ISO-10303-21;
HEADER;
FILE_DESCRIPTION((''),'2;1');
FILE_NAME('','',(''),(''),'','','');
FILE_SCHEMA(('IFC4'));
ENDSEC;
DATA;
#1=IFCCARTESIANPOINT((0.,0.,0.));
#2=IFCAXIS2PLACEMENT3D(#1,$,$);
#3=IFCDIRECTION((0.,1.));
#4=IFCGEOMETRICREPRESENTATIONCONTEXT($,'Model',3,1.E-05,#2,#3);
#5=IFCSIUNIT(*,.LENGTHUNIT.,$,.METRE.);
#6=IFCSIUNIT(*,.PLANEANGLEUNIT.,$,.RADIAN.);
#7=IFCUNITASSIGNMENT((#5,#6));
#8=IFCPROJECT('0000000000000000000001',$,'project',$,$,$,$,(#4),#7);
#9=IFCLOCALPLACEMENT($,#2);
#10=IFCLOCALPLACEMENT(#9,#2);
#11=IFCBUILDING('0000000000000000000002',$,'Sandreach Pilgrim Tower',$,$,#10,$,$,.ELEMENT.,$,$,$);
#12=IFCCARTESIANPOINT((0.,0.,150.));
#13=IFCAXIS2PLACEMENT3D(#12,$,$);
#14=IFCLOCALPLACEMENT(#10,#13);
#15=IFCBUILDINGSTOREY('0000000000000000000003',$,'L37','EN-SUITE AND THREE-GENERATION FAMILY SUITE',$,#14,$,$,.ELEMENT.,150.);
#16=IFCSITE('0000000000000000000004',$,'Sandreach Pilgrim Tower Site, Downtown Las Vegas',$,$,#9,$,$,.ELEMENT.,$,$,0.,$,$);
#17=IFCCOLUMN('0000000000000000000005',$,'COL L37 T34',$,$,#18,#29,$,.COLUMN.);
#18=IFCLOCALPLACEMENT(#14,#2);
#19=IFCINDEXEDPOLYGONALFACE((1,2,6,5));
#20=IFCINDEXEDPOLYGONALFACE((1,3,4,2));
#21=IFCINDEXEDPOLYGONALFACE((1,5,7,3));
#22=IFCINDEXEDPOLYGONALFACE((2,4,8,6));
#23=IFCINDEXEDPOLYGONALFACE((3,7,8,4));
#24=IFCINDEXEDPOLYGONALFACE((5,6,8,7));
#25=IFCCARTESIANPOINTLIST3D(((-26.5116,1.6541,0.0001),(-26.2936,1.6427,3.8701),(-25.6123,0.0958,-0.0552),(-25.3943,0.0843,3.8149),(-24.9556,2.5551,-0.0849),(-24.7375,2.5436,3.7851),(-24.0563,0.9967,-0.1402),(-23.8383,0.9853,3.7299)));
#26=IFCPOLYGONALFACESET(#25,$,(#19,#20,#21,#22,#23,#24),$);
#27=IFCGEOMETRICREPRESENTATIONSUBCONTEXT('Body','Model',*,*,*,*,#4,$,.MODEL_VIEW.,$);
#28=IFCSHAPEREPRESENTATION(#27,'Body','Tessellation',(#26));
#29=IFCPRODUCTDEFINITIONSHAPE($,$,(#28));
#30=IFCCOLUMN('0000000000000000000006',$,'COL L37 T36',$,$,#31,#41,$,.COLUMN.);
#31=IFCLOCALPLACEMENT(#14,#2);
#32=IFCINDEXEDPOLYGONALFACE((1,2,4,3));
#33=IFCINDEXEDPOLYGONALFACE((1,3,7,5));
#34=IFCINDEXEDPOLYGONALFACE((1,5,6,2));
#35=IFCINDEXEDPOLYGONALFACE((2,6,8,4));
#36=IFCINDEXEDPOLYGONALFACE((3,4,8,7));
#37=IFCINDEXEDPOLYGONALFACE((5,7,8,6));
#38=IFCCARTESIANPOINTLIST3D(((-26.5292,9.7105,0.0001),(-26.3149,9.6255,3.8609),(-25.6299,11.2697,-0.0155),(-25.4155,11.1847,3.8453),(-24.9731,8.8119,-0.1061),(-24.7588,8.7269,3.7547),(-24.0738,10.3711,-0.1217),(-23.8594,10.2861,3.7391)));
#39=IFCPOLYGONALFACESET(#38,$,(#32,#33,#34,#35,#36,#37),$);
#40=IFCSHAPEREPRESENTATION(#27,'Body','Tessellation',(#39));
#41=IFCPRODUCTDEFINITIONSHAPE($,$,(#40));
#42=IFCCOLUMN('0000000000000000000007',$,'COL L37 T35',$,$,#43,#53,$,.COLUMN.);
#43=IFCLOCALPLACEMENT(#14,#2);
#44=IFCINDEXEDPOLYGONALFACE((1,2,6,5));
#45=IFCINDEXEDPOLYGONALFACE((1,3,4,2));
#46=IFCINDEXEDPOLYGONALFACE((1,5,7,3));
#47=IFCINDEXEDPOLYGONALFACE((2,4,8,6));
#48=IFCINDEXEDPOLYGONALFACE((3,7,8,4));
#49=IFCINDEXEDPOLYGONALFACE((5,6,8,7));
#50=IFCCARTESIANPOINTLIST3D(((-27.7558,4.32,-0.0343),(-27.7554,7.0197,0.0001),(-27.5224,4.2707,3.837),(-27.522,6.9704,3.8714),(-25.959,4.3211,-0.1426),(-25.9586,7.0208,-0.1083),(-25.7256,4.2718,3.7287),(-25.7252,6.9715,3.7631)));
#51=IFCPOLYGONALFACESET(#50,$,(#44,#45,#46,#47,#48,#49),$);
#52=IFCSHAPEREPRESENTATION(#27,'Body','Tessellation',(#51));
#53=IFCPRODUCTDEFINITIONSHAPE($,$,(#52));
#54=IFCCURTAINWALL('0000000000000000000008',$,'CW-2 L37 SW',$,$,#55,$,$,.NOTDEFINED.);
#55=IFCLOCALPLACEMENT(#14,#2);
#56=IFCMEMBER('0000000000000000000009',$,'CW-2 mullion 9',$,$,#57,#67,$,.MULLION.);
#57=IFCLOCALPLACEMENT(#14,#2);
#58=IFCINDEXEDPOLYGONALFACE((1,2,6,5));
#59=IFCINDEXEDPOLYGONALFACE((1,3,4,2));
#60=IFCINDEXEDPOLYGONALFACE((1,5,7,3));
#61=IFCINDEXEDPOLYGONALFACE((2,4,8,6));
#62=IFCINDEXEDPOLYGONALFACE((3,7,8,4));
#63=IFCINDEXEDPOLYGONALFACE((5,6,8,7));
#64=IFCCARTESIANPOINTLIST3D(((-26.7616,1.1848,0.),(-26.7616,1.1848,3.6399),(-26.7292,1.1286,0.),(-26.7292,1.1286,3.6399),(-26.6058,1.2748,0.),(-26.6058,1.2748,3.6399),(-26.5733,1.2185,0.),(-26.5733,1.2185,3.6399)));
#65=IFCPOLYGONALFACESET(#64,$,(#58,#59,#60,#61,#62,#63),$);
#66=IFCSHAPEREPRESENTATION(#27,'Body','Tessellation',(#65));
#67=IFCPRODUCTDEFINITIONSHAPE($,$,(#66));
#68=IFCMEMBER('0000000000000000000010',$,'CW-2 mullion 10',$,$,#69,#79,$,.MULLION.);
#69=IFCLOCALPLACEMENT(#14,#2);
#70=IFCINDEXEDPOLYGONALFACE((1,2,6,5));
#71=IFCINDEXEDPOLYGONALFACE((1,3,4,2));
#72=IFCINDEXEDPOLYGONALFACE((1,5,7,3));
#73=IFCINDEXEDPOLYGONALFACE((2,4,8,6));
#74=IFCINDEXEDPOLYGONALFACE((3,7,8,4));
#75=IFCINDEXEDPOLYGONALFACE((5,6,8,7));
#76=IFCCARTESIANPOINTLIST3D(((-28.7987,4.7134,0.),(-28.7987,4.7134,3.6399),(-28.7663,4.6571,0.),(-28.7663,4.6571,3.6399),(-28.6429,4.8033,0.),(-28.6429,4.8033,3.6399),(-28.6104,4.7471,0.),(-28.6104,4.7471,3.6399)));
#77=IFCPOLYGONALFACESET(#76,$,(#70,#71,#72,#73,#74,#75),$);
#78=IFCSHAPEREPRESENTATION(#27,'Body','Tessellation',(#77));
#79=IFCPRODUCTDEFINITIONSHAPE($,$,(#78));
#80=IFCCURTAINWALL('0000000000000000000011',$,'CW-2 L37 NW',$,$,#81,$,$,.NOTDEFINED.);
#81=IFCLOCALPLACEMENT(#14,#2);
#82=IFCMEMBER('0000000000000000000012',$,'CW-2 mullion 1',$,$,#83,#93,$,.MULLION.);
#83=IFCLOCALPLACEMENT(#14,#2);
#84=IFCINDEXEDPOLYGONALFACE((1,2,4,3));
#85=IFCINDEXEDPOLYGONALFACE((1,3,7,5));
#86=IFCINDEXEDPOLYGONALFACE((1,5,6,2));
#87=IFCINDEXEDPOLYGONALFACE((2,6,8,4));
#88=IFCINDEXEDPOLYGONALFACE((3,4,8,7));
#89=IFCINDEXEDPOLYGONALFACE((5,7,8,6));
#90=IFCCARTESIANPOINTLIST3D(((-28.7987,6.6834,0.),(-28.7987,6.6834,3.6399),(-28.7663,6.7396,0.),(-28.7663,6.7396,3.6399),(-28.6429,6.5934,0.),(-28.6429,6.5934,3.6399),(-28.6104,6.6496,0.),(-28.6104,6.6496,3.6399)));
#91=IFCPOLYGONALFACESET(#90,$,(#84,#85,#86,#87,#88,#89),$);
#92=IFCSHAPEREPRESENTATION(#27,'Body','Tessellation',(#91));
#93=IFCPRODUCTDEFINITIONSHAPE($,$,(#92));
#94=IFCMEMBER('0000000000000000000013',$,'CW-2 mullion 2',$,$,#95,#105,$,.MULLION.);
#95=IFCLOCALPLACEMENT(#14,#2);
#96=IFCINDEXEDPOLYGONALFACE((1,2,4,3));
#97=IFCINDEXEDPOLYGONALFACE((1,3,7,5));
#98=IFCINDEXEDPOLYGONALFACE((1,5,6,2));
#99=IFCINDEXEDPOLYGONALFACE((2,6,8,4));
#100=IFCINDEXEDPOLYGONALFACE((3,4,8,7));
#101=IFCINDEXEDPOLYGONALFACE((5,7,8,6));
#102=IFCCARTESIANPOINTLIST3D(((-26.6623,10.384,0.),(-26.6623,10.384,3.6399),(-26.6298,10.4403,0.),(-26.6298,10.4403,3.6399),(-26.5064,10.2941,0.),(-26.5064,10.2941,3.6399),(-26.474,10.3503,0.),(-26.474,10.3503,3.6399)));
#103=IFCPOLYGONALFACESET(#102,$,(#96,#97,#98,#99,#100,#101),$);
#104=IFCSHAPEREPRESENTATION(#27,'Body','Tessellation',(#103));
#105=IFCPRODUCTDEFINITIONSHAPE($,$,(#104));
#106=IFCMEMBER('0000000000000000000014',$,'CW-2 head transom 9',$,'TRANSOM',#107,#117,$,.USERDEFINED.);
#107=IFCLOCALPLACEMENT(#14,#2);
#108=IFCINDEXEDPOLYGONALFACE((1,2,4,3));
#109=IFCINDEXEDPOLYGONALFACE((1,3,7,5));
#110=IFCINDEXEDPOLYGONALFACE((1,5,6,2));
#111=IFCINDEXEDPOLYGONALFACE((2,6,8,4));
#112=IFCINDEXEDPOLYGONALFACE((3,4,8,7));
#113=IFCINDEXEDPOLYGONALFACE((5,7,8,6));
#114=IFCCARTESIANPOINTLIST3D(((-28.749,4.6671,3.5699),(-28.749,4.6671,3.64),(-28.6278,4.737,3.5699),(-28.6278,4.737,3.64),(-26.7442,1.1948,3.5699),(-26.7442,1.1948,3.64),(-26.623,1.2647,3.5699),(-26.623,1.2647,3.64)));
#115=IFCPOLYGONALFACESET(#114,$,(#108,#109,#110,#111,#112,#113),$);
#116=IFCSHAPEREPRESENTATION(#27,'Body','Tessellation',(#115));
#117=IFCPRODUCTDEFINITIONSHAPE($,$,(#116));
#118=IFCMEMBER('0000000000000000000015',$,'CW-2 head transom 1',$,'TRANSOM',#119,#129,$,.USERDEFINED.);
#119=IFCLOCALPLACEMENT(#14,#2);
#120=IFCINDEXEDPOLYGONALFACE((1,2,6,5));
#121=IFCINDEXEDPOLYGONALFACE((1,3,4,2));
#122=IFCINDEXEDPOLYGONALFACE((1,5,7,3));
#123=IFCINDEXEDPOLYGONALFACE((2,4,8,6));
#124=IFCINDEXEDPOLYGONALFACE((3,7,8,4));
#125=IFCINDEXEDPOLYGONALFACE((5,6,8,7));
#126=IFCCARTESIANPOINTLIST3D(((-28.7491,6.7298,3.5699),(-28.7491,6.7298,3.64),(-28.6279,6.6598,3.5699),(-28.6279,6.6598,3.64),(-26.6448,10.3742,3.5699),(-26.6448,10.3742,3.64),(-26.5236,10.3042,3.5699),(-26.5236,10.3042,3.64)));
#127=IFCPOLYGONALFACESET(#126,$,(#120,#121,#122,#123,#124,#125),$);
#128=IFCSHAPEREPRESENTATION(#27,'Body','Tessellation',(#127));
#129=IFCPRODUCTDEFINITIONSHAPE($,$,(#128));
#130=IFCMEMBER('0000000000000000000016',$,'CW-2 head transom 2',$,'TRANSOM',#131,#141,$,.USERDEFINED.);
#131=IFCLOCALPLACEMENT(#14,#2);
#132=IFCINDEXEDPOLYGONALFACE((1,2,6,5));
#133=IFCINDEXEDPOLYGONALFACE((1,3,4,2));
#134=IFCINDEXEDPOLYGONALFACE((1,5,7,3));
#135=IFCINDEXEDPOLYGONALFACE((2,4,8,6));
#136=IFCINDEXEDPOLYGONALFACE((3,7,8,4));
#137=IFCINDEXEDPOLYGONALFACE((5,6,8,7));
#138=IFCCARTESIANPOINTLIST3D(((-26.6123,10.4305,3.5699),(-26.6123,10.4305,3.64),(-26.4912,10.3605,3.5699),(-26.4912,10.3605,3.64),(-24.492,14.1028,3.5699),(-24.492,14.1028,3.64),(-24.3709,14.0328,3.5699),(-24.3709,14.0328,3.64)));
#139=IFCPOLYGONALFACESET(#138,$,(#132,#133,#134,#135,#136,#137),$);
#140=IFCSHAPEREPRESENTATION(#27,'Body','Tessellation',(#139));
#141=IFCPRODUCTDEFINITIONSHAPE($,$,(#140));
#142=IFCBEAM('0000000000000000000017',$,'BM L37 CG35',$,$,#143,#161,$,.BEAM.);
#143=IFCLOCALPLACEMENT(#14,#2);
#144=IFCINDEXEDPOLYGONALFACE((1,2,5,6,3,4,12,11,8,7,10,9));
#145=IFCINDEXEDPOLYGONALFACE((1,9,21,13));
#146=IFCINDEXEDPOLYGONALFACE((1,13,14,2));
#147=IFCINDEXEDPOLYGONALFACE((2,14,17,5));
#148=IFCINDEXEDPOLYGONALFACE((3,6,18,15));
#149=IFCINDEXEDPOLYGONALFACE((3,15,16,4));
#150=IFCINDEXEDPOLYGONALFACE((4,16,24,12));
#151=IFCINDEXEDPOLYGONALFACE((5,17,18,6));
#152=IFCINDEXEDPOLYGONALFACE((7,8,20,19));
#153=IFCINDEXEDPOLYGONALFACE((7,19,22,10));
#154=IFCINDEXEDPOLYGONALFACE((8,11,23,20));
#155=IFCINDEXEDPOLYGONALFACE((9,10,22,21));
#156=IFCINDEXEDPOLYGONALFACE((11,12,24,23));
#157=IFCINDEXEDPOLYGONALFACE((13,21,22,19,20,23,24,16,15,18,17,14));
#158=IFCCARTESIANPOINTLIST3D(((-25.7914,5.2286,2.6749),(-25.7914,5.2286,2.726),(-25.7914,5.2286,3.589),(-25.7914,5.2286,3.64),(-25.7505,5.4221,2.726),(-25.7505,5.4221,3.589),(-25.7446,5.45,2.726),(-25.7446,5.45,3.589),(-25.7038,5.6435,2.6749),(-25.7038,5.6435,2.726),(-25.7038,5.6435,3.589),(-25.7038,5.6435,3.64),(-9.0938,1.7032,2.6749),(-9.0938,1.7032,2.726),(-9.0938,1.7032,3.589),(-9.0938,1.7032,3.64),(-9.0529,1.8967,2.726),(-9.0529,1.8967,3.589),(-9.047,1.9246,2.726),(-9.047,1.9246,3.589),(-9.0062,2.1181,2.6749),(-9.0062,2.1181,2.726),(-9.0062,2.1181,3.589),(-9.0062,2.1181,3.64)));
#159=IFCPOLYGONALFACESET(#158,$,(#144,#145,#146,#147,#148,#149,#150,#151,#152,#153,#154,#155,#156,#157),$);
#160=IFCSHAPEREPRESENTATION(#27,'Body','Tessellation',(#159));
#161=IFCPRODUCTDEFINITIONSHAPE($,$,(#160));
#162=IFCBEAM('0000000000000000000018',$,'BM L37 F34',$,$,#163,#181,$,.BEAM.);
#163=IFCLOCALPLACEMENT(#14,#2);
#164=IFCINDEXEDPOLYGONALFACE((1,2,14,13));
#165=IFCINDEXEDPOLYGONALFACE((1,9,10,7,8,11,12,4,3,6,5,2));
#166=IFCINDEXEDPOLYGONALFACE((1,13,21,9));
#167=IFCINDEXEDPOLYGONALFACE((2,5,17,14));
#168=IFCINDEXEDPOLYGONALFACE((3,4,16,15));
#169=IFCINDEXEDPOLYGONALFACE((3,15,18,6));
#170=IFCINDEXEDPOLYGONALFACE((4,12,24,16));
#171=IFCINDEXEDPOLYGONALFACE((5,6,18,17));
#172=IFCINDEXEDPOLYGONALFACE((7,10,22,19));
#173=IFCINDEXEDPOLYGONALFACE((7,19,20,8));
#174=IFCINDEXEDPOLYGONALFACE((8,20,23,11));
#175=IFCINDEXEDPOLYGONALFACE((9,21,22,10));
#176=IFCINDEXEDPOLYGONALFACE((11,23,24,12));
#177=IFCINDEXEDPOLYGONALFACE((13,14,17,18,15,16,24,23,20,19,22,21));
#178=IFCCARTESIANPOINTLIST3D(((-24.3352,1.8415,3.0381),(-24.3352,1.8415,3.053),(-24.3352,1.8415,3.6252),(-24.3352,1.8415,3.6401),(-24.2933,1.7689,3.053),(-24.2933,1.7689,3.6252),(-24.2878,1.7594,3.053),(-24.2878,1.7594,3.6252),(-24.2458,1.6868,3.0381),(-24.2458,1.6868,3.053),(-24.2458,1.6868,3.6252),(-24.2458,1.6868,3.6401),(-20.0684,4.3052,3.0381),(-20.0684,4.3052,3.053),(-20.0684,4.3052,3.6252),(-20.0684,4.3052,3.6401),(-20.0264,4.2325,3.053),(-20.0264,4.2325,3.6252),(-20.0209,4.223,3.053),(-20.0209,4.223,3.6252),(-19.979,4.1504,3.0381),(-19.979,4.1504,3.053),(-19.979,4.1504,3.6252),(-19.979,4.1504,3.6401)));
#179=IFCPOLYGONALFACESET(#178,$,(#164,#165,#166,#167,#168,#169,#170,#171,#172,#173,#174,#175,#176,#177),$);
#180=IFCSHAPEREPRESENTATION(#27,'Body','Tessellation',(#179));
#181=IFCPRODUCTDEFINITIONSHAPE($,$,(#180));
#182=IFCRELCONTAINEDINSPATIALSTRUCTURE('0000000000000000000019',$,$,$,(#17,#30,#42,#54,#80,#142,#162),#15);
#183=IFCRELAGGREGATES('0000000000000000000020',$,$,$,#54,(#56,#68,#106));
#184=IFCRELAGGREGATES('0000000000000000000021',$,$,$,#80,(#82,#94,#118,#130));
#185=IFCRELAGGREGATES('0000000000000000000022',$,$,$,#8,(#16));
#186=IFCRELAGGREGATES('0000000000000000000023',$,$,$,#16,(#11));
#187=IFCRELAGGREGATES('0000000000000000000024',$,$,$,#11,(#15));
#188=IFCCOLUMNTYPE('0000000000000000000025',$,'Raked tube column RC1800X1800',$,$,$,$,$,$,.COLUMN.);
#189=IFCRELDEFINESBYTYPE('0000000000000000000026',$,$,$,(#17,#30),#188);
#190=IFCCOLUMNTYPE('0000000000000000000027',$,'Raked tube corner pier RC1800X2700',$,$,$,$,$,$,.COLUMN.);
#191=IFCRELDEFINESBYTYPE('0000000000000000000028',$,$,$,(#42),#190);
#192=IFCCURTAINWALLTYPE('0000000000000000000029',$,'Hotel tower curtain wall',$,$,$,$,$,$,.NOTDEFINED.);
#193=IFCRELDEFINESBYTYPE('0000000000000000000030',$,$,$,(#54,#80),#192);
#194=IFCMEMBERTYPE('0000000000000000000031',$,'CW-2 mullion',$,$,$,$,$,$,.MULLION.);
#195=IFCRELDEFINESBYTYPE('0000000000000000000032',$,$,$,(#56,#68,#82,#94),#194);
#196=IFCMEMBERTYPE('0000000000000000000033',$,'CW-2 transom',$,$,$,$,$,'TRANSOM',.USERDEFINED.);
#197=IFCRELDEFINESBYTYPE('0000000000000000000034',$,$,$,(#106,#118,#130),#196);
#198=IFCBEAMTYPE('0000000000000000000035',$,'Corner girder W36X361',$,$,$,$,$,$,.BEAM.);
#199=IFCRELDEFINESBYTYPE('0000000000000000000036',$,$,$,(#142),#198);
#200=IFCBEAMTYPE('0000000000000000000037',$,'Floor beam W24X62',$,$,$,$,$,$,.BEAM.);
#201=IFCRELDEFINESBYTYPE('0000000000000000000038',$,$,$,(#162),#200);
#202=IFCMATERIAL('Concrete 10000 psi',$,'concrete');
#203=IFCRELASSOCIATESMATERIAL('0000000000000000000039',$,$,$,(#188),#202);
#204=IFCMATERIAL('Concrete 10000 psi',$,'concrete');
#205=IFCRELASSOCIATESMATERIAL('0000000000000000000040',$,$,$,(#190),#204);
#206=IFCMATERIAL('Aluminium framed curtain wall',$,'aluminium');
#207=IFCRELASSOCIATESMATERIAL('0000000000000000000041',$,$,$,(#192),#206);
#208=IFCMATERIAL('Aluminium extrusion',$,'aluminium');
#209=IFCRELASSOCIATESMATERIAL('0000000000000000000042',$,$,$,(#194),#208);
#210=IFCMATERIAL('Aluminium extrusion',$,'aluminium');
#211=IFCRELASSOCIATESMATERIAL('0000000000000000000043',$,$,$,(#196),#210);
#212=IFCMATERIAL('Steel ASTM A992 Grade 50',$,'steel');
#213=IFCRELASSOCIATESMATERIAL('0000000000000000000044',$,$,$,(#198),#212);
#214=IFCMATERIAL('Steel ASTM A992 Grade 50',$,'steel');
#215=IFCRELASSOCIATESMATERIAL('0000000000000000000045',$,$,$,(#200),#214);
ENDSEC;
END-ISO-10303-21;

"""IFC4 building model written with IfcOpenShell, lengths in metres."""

from ifc_helpers import new_model, si_unit, direction, frame, origin, origin_2d, place, context, subcontext, project, spatial, rectangle, i_section, extrude, material, material_profile, profile_set, type_object, element, aggregate, save


model = new_model("IFC4")

# Units and contexts
model_context = context("Model", 3, precision=1e-05, world=origin(), true_north=direction((0.0, 1.0)))
body_context = subcontext(model_context, "Body", "Model", "MODEL_VIEW")
ifc_project = project(units=[si_unit("LENGTHUNIT", "METRE"), si_unit("PLANEANGLEUNIT", "RADIAN")], contexts=[model_context])

# Site, building, storey
site_placement = place(None, origin())
site = spatial("IfcSite", under=ifc_project, at=site_placement, Name="Sandreach Pilgrim Tower Site, Downtown Las Vegas", CompositionType="ELEMENT", RefElevation=0.0)
building_placement = place(site_placement, origin())
building = spatial("IfcBuilding", under=site, at=building_placement, Name="Sandreach Pilgrim Tower", CompositionType="ELEMENT")
storey_placement = place(building_placement, frame((0.0, 0.0, 150.0)))
storey = spatial("IfcBuildingStorey", under=building, at=storey_placement, Name="L37", Description="EN-SUITE AND THREE-GENERATION FAMILY SUITE", CompositionType="ELEMENT", Elevation=150.0)

# Columns
ifc_material_1 = material(Name="Concrete 10000 psi", Category="concrete")
ifc_material_profile_1 = material_profile(ifc_material_1, rectangle(XDim=1.8, YDim=1.8, at=origin_2d()), Name="RC1800X1800")
ifc_profile_set_1 = profile_set([ifc_material_profile_1], Name="Concrete 10000 psi")
column_type_1 = type_object("IfcColumnType", Name="Raked tube column RC1800X1800", PredefinedType="COLUMN", material=ifc_profile_set_1)
column_1_placement = place(storey_placement, frame((-25.2839, 1.3254, -0.0701), z_axis=(0.056244, -0.00296, 0.998413), x_axis=(-0.864438, -0.500518, 0.047213)))
element("IfcColumn", 1, at=column_1_placement, inside=storey, type_object=column_type_1, Name="COL L37 T34", PredefinedType="COLUMN", context=body_context, shape_type="SweptSolid", body=[
    extrude(rectangle(XDim=1.8, YDim=1.8, at=origin_2d()), origin(), (0.0, 0.0, 1.0), 3.8762),
])
column_2_placement = place(storey_placement, frame((-25.3015, 10.0408, -0.0608), z_axis=(0.055422, -0.021967, 0.998221), x_axis=(-0.864472, 0.499208, 0.058981)))
element("IfcColumn", 2, at=column_2_placement, inside=storey, type_object=column_type_1, Name="COL L37 T36", PredefinedType="COLUMN", context=body_context, shape_type="SweptSolid", body=[
    extrude(rectangle(XDim=1.8, YDim=1.8, at=origin_2d()), origin(), (0.0, 0.0, 1.0), 3.8677),
])
ifc_material_2 = material(Name="Concrete 10000 psi", Category="concrete")
ifc_material_profile_2 = material_profile(ifc_material_2, rectangle(XDim=1.8, YDim=2.7, at=origin_2d()), Name="RC1800X2700")
ifc_profile_set_2 = profile_set([ifc_material_profile_2], Name="Concrete 10000 psi")
column_type_2 = type_object("IfcColumnType", Name="Raked tube corner pier RC1800X2700", PredefinedType="COLUMN", material=ifc_profile_set_2)
column_3_placement = place(storey_placement, frame((-26.8572, 5.6704, -0.0713), z_axis=(0.060175, -0.012715, 0.998107), x_axis=(-0.998188, -0.000609, 0.060172)))
element("IfcColumn", 3, at=column_3_placement, inside=storey, type_object=column_type_2, Name="COL L37 T35", PredefinedType="COLUMN", context=body_context, shape_type="SweptSolid", body=[
    extrude(rectangle(XDim=1.8, YDim=2.7, at=origin_2d()), origin(), (0.0, 0.0, 1.0), 3.8787),
])

# Curtain walls, members
ifc_material_3 = material(Name="Aluminium framed curtain wall", Category="aluminium")
curtain_wall_type = type_object("IfcCurtainWallType", Name="Hotel tower curtain wall", PredefinedType="NOTDEFINED", material=ifc_material_3)
curtain_wall_1_placement = place(storey_placement, origin())
curtain_wall_1 = element("IfcCurtainWall", 4, at=curtain_wall_1_placement, inside=storey, type_object=curtain_wall_type, Name="CW-2 L37 SW", PredefinedType="NOTDEFINED")
ifc_material_4 = material(Name="Aluminium extrusion", Category="aluminium")
ifc_material_profile_3 = material_profile(ifc_material_4, rectangle(XDim=0.0649, YDim=0.1799, at=origin_2d()), Name="CW-2M 65X180")
ifc_profile_set_3 = profile_set([ifc_material_profile_3], Name="Aluminium extrusion")
member_type_1 = type_object("IfcMemberType", Name="CW-2 mullion", PredefinedType="MULLION", material=ifc_profile_set_3)
member_1_placement = place(storey_placement, frame((-26.6675, 1.2017, 0.0), z_axis=(0.0, 0.0, 1.0), x_axis=(-0.5, 0.866025, 0.0)))
member_1 = element("IfcMember", 5, at=member_1_placement, type_object=member_type_1, Name="CW-2 mullion 9", PredefinedType="MULLION", context=body_context, shape_type="SweptSolid", body=[
    extrude(rectangle(XDim=0.0649, YDim=0.1799, at=origin_2d()), origin(), (0.0, 0.0, 1.0), 3.6399),
])
member_2_placement = place(storey_placement, frame((-28.7046, 4.7302, 0.0), z_axis=(0.0, 0.0, 1.0), x_axis=(-0.5, 0.866025, 0.0)))
member_2 = element("IfcMember", 6, at=member_2_placement, type_object=member_type_1, Name="CW-2 mullion 10", PredefinedType="MULLION", context=body_context, shape_type="SweptSolid", body=[
    extrude(rectangle(XDim=0.0649, YDim=0.1799, at=origin_2d()), origin(), (0.0, 0.0, 1.0), 3.6399),
])
curtain_wall_2_placement = place(storey_placement, origin())
curtain_wall_2 = element("IfcCurtainWall", 7, at=curtain_wall_2_placement, inside=storey, type_object=curtain_wall_type, Name="CW-2 L37 NW", PredefinedType="NOTDEFINED")
member_3_placement = place(storey_placement, frame((-28.7046, 6.6665, 0.0), z_axis=(0.0, 0.0, 1.0), x_axis=(0.5, 0.866025, 0.0)))
member_3 = element("IfcMember", 8, at=member_3_placement, type_object=member_type_1, Name="CW-2 mullion 1", PredefinedType="MULLION", context=body_context, shape_type="SweptSolid", body=[
    extrude(rectangle(XDim=0.0649, YDim=0.1799, at=origin_2d()), origin(), (0.0, 0.0, 1.0), 3.6399),
])
member_4_placement = place(storey_placement, frame((-26.5681, 10.3672, 0.0), z_axis=(0.0, 0.0, 1.0), x_axis=(0.5, 0.866025, 0.0)))
member_4 = element("IfcMember", 9, at=member_4_placement, type_object=member_type_1, Name="CW-2 mullion 2", PredefinedType="MULLION", context=body_context, shape_type="SweptSolid", body=[
    extrude(rectangle(XDim=0.0649, YDim=0.1799, at=origin_2d()), origin(), (0.0, 0.0, 1.0), 3.6399),
])

# Members
ifc_material_5 = material(Name="Aluminium extrusion", Category="aluminium")
ifc_material_profile_4 = material_profile(ifc_material_5, rectangle(XDim=0.1399, YDim=0.0701, at=origin_2d()), Name="CW-2T 140X70")
ifc_profile_set_4 = profile_set([ifc_material_profile_4], Name="Aluminium extrusion")
member_type_2 = type_object("IfcMemberType", Name="CW-2 transom", ElementType="TRANSOM", PredefinedType="USERDEFINED", material=ifc_profile_set_4)
member_5_placement = place(storey_placement, frame((-26.6836, 1.2297, 3.605), z_axis=(-0.500016, 0.866016, 0.0), x_axis=(-0.866016, -0.500016, 0.0)))
member_5 = element("IfcMember", 10, at=member_5_placement, type_object=member_type_2, Name="CW-2 head transom 9", ObjectType="TRANSOM", PredefinedType="USERDEFINED", context=body_context, shape_type="SweptSolid", body=[
    extrude(rectangle(XDim=0.1399, YDim=0.0701, at=origin_2d()), origin(), (0.0, 0.0, 1.0), 4.0095),
])
member_6_placement = place(storey_placement, frame((-28.6885, 6.6948, 3.605), z_axis=(0.500039, 0.866003, 0.0), x_axis=(-0.866003, 0.500039, 0.0)))
member_6 = element("IfcMember", 11, at=member_6_placement, type_object=member_type_2, Name="CW-2 head transom 1", ObjectType="TRANSOM", PredefinedType="USERDEFINED", context=body_context, shape_type="SweptSolid", body=[
    extrude(rectangle(XDim=0.1399, YDim=0.0701, at=origin_2d()), origin(), (0.0, 0.0, 1.0), 4.2083),
])
member_7_placement = place(storey_placement, frame((-26.5518, 10.3955, 3.605), z_axis=(0.500021, 0.866013, 0.0), x_axis=(-0.866013, 0.500021, 0.0)))
member_7 = element("IfcMember", 12, at=member_7_placement, type_object=member_type_2, Name="CW-2 head transom 2", ObjectType="TRANSOM", PredefinedType="USERDEFINED", context=body_context, shape_type="SweptSolid", body=[
    extrude(rectangle(XDim=0.1399, YDim=0.0701, at=origin_2d()), origin(), (0.0, 0.0, 1.0), 4.2405),
])

# Beams
ifc_material_6 = material(Name="Steel ASTM A992 Grade 50", Category="steel")
ifc_material_profile_5 = material_profile(ifc_material_6, i_section(OverallWidth=0.4241, OverallDepth=0.9651, WebThickness=0.0286, FlangeThickness=0.051, at=origin_2d()), Name="W36X361")
ifc_profile_set_5 = profile_set([ifc_material_profile_5], Name="Steel ASTM A992 Grade 50")
beam_type_1 = type_object("IfcBeamType", Name="Corner girder W36X361", PredefinedType="BEAM", material=ifc_profile_set_5)
beam_1_placement = place(storey_placement, frame((-25.7476, 5.436, 3.1575), z_axis=(0.97843, -0.206579, 0.0), x_axis=(0.206579, 0.97843, 0.0)))
element("IfcBeam", 13, at=beam_1_placement, inside=storey, type_object=beam_type_1, Name="BM L37 CG35", PredefinedType="BEAM", context=body_context, shape_type="SweptSolid", body=[
    extrude(i_section(OverallWidth=0.4241, OverallDepth=0.9651, WebThickness=0.0286, FlangeThickness=0.051, at=origin_2d()), origin(), (0.0, 0.0, 1.0), 17.0657),
])
ifc_material_7 = material(Name="Steel ASTM A992 Grade 50", Category="steel")
ifc_material_profile_6 = material_profile(ifc_material_7, i_section(OverallWidth=0.1787, OverallDepth=0.6021, WebThickness=0.011, FlangeThickness=0.0149, at=origin_2d()), Name="W24X62")
ifc_profile_set_6 = profile_set([ifc_material_profile_6], Name="Steel ASTM A992 Grade 50")
beam_type_2 = type_object("IfcBeamType", Name="Floor beam W24X62", PredefinedType="BEAM", material=ifc_profile_set_6)
beam_2_placement = place(storey_placement, frame((-24.2905, 1.7642, 3.3391), z_axis=(0.866011, 0.500024, 0.0), x_axis=(-0.500024, 0.866011, 0.0)))
element("IfcBeam", 14, at=beam_2_placement, inside=storey, type_object=beam_type_2, Name="BM L37 F34", PredefinedType="BEAM", context=body_context, shape_type="SweptSolid", body=[
    extrude(i_section(OverallWidth=0.1787, OverallDepth=0.6021, WebThickness=0.011, FlangeThickness=0.0149, at=origin_2d()), origin(), (0.0, 0.0, 1.0), 4.927),
])

aggregate(curtain_wall_1, [member_1, member_2, member_5])
aggregate(curtain_wall_2, [member_3, member_4, member_6, member_7])

save(model, "model.ifc")
